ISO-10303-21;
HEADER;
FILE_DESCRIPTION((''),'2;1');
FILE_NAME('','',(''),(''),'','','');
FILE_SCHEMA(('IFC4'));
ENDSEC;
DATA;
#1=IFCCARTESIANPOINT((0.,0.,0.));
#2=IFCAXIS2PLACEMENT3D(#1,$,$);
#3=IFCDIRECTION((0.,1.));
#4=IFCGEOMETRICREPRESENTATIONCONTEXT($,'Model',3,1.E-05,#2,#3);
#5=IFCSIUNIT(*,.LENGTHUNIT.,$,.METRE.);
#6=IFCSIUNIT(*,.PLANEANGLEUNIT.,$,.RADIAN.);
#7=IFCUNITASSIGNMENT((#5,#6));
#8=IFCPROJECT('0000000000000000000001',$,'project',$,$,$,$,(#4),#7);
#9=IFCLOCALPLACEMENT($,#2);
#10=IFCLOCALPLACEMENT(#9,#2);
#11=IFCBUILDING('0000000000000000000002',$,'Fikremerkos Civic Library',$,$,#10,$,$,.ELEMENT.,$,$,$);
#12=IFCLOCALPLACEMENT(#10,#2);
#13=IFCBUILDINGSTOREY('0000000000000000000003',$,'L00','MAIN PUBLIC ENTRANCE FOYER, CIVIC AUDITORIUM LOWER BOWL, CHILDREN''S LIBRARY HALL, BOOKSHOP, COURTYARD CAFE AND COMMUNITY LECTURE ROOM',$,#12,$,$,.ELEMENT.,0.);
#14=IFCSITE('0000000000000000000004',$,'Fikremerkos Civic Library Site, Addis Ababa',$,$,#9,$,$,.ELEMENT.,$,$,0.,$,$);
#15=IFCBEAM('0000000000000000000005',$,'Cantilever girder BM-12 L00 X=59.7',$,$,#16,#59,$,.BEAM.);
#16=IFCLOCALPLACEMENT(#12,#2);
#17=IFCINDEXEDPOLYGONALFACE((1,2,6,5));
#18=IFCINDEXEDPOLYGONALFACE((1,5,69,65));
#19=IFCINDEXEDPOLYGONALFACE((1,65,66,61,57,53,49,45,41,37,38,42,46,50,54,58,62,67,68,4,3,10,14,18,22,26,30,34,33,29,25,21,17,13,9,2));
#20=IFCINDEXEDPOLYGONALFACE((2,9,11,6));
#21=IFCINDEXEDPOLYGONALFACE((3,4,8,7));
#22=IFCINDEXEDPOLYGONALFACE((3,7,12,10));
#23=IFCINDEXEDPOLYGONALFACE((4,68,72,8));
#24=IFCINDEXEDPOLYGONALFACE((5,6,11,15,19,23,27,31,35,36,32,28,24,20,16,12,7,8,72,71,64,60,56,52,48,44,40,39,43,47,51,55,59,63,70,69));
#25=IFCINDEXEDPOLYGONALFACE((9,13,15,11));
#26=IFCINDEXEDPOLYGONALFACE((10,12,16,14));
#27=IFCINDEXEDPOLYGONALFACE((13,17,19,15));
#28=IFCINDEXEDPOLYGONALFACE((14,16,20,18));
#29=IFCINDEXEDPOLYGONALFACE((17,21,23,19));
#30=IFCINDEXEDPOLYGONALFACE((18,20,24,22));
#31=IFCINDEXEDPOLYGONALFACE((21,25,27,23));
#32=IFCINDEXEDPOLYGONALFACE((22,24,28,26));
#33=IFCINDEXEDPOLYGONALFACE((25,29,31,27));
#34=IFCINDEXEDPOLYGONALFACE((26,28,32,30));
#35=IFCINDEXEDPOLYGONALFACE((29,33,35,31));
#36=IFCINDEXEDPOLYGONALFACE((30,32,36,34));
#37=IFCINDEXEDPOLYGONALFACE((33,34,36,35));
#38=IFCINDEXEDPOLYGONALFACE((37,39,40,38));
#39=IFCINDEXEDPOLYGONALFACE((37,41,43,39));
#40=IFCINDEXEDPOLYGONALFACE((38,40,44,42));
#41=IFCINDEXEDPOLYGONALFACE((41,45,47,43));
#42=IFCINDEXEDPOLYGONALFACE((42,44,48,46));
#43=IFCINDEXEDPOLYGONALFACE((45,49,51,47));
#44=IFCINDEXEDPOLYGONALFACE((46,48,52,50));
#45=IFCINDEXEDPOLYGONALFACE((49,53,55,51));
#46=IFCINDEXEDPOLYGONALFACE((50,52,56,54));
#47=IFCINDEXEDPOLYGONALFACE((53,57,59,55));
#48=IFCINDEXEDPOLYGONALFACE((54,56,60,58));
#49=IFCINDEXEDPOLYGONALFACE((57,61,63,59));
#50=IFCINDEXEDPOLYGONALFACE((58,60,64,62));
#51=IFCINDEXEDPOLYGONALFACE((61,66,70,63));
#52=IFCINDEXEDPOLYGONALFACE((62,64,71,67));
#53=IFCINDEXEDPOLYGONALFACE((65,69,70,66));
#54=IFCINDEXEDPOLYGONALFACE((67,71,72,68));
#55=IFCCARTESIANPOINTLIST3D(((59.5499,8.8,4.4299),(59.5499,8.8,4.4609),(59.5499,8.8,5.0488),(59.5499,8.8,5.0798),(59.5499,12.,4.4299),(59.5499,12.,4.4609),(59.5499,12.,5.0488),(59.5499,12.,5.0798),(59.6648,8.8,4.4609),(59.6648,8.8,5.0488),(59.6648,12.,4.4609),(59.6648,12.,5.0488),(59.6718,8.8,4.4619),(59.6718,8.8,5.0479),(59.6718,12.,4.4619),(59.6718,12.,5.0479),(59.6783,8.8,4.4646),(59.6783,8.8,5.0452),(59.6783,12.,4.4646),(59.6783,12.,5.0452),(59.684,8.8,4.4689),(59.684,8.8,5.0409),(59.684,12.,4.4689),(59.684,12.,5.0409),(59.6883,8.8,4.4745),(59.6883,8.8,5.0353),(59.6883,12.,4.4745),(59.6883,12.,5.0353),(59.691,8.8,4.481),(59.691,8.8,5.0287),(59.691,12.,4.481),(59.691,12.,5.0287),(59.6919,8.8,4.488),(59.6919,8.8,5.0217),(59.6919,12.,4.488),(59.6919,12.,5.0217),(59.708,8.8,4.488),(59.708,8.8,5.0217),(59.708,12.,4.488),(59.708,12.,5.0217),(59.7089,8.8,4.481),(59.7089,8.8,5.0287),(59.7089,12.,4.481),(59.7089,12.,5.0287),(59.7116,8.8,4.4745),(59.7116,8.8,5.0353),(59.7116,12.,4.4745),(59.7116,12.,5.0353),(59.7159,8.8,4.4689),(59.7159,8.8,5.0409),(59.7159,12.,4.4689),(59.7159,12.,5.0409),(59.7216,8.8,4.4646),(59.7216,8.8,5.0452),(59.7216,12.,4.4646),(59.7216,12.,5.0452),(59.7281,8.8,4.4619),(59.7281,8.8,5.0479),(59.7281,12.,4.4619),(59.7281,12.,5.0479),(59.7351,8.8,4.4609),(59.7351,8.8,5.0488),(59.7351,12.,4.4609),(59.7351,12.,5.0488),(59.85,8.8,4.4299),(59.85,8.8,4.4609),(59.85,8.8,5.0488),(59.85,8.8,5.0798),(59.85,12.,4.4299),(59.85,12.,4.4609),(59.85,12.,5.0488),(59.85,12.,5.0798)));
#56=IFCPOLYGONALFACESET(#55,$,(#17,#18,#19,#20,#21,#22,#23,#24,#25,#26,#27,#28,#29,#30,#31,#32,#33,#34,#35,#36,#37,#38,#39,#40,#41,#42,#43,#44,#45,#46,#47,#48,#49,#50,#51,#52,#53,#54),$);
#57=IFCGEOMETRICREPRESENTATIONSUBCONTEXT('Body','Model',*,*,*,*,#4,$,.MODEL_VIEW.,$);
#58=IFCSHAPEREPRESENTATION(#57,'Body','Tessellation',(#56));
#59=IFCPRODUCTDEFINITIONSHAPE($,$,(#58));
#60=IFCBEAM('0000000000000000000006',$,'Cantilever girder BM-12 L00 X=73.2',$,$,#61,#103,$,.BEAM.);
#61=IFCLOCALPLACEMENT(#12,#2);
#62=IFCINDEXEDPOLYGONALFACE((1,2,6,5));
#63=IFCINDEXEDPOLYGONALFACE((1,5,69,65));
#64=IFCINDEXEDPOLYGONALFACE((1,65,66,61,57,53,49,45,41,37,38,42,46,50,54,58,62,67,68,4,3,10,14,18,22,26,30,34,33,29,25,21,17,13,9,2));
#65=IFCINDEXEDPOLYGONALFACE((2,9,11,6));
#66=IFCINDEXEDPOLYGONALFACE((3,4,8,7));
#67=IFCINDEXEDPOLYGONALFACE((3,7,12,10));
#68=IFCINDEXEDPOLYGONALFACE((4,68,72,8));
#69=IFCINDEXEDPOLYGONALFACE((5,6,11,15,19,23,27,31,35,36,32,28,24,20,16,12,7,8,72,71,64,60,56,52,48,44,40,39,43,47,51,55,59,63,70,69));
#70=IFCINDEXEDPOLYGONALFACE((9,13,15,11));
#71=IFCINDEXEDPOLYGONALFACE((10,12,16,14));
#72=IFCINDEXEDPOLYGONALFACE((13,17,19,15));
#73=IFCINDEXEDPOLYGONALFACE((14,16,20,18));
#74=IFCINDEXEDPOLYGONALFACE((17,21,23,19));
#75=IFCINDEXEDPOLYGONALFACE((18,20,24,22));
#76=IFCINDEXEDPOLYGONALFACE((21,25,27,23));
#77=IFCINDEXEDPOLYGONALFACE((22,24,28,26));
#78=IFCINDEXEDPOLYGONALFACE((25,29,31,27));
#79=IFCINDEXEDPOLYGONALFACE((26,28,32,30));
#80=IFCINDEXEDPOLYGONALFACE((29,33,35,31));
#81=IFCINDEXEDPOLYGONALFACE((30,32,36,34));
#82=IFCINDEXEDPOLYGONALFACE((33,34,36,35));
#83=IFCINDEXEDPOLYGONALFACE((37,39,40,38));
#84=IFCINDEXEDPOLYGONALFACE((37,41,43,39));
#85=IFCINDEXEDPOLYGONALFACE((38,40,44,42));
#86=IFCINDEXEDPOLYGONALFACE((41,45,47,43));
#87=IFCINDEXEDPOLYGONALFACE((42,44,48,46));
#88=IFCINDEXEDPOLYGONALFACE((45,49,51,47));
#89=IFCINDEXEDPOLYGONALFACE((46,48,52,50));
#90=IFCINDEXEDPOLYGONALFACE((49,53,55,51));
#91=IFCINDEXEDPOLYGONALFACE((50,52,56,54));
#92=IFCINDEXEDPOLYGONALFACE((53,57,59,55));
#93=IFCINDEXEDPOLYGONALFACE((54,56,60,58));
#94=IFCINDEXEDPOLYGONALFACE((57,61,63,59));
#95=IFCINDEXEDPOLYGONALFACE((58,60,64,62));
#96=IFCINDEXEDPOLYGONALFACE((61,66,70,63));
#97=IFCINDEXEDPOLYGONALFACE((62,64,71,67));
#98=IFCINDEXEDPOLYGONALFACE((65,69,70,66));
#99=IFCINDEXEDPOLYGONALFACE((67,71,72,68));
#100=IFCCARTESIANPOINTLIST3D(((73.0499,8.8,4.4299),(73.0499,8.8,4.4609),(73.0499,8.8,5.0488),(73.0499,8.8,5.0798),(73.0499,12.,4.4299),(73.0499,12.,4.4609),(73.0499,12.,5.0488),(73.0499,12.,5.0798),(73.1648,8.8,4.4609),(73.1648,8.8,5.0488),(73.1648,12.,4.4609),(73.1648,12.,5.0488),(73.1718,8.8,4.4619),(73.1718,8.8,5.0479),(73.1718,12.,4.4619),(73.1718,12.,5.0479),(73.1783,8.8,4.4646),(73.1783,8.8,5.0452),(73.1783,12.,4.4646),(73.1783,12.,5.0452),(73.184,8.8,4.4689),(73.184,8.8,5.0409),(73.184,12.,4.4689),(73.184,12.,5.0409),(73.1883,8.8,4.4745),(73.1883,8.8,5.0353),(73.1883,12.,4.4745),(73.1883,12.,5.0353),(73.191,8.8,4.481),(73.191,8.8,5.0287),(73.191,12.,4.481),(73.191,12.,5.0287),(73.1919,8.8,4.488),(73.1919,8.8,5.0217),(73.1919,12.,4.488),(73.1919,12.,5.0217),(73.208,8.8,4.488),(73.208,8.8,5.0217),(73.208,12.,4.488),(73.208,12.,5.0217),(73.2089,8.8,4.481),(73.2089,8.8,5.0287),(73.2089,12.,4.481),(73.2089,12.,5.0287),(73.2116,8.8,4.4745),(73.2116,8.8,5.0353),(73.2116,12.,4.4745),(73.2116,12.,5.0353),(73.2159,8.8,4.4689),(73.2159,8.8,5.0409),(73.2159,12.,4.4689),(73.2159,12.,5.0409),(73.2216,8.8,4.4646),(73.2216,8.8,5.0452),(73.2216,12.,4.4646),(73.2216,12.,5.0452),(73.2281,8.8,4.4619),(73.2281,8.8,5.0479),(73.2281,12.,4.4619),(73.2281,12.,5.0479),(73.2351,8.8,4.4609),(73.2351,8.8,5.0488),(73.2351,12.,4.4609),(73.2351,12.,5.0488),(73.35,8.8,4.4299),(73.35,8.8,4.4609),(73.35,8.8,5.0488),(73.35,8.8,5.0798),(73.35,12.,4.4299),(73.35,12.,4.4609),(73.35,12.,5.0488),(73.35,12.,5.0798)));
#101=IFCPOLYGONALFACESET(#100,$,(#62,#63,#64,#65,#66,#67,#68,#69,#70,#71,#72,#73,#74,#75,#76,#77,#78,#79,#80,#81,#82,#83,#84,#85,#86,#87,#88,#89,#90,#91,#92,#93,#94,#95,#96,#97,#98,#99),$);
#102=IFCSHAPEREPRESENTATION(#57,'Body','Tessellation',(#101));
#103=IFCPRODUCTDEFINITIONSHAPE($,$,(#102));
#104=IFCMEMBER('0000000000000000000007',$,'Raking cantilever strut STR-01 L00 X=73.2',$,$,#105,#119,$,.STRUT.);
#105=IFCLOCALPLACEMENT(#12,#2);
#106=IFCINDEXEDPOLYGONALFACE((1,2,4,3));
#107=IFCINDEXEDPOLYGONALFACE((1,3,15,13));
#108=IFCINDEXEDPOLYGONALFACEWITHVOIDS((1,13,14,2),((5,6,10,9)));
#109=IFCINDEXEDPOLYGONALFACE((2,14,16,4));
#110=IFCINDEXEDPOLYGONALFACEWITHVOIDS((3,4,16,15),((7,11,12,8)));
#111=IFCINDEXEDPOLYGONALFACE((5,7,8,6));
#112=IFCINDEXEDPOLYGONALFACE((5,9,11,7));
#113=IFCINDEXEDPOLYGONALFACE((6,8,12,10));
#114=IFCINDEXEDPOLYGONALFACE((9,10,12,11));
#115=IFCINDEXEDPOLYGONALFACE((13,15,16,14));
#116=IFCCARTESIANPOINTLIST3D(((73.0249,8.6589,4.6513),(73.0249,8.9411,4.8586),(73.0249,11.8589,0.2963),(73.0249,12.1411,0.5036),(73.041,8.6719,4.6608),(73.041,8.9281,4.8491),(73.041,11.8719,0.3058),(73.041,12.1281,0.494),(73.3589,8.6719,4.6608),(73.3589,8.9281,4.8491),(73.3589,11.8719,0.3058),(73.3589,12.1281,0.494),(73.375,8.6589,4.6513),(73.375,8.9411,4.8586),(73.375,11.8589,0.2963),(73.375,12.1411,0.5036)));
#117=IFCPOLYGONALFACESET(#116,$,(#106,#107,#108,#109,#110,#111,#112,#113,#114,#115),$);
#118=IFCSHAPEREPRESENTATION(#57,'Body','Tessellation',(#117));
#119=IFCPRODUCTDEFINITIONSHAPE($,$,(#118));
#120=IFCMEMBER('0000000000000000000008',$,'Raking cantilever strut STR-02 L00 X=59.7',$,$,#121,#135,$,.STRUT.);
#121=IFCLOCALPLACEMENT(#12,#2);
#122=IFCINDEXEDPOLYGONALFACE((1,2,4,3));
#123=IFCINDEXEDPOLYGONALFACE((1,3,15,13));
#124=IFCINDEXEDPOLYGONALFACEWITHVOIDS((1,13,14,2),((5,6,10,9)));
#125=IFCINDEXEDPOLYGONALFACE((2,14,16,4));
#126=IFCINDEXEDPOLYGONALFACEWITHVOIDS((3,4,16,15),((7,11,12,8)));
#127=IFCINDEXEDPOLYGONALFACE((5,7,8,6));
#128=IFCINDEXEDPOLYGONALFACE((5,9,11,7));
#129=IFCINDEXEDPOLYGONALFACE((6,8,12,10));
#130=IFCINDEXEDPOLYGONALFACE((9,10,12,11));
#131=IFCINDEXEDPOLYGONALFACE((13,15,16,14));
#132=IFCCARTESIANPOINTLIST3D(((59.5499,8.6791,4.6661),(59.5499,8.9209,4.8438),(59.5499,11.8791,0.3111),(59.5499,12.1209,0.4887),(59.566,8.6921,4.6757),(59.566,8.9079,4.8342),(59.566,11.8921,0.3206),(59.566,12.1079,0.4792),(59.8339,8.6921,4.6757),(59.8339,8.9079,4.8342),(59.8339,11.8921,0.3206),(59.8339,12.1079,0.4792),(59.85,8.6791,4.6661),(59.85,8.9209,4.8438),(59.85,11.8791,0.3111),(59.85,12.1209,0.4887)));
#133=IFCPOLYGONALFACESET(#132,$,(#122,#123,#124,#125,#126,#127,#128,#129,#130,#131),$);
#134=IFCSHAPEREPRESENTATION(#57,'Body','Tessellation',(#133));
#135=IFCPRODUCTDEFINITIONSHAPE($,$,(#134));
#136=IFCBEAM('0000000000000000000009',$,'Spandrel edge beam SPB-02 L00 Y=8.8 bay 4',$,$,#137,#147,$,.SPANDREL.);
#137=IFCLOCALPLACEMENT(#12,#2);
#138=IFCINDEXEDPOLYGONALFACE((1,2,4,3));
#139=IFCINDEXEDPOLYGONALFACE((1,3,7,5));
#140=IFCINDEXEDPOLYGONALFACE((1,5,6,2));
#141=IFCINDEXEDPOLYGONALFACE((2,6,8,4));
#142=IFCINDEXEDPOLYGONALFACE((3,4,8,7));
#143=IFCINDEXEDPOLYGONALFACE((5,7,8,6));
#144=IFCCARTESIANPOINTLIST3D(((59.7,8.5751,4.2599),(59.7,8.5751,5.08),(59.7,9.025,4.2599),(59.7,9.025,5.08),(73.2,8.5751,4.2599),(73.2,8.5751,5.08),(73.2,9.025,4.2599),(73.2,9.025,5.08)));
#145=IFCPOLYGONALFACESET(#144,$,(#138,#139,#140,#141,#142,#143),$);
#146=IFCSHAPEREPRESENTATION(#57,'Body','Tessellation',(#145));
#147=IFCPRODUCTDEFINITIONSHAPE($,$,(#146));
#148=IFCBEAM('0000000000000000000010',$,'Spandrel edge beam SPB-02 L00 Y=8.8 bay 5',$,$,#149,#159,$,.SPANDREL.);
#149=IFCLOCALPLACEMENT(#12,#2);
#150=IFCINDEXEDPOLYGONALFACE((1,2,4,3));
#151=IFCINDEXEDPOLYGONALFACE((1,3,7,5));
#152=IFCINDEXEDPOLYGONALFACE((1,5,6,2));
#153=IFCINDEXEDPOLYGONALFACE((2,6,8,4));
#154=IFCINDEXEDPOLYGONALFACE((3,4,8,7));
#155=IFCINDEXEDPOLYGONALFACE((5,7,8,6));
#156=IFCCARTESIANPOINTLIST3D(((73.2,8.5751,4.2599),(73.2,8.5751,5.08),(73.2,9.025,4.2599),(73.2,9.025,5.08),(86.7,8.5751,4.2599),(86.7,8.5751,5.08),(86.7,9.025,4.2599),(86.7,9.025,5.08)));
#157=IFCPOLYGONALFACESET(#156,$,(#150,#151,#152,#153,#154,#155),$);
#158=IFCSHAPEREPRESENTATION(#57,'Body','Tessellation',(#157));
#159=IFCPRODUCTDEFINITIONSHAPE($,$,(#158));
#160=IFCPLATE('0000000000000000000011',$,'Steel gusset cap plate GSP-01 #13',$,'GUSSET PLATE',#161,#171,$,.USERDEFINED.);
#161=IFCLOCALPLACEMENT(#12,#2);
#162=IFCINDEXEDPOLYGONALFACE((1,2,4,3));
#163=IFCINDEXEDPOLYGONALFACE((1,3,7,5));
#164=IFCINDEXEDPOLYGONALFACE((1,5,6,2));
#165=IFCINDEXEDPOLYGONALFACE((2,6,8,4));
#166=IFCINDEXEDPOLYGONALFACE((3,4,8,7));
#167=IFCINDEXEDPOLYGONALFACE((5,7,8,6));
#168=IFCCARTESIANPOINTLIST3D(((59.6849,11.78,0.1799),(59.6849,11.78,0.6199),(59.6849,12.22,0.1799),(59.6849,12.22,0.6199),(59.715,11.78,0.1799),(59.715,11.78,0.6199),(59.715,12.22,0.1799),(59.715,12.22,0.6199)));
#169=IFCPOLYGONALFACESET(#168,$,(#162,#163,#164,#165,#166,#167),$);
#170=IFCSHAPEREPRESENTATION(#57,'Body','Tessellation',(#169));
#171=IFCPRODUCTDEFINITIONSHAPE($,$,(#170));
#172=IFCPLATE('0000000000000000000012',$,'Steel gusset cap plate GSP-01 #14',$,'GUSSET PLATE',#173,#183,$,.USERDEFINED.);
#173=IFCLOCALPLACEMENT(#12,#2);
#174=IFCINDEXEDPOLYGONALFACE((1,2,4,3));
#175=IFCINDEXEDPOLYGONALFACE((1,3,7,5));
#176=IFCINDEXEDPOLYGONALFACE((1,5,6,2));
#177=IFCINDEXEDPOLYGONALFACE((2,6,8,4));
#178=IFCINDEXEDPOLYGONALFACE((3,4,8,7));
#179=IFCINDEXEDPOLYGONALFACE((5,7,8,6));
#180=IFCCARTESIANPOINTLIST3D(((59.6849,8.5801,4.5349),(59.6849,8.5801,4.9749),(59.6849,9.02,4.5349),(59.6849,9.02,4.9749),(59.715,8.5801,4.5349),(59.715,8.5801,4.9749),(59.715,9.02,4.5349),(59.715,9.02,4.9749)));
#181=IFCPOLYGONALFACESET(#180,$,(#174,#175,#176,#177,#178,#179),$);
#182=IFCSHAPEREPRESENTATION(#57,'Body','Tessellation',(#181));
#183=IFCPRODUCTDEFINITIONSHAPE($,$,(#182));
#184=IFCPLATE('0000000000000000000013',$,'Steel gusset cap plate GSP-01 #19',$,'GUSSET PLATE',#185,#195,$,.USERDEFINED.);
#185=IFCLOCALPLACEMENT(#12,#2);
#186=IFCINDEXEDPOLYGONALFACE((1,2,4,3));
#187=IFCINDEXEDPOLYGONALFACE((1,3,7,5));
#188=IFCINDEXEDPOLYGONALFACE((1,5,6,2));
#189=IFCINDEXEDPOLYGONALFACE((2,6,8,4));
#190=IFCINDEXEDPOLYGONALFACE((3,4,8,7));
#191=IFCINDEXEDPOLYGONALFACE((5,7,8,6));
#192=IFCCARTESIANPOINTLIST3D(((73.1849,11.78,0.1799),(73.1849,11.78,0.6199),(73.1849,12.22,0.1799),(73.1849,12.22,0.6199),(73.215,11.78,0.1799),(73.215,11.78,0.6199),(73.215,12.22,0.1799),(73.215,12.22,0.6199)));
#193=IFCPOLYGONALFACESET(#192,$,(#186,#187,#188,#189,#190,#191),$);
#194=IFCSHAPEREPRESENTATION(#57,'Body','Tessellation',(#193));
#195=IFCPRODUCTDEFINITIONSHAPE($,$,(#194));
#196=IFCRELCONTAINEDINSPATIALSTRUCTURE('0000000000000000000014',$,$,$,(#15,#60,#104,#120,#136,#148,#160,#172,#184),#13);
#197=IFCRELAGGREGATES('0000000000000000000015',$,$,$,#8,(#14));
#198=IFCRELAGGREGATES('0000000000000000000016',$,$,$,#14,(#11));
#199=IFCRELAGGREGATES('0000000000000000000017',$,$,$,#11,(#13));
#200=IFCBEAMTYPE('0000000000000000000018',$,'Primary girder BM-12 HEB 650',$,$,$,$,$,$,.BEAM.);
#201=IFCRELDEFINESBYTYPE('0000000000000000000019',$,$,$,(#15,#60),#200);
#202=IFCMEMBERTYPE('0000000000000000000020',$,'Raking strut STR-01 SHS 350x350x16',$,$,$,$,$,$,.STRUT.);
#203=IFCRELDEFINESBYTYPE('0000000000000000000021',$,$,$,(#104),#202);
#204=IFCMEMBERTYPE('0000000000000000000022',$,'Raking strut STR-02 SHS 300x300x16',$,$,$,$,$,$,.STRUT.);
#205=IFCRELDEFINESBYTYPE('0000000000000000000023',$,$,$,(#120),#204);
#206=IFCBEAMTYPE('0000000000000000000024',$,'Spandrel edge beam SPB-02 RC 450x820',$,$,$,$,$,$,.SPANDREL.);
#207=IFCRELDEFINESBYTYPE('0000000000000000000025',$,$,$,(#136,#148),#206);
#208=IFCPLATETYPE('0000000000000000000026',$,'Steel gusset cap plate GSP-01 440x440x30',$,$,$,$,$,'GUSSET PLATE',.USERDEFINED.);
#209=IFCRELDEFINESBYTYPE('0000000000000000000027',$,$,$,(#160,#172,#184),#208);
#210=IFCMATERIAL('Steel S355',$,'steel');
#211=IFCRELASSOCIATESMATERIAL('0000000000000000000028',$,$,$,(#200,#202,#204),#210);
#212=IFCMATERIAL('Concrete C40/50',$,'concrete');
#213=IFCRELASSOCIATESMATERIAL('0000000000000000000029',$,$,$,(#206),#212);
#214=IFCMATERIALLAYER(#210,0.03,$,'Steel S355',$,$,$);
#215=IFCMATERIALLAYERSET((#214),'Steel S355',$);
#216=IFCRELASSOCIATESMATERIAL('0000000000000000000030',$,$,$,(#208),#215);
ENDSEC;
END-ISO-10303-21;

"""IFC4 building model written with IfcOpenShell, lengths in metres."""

from ifc_helpers import new_model, si_unit, direction, frame, origin, origin_2d, place, context, subcontext, project, spatial, rectangle, hollow_rectangle, i_section, extrude, material, layer, layer_set, material_profile, profile_set, type_object, element, save


model = new_model("IFC4")

# Units and contexts
model_context = context("Model", 3, precision=1e-05, world=origin(), true_north=direction((0.0, 1.0)))
body_context = subcontext(model_context, "Body", "Model", "MODEL_VIEW")
ifc_project = project(units=[si_unit("LENGTHUNIT", "METRE"), si_unit("PLANEANGLEUNIT", "RADIAN")], contexts=[model_context])

# Site, building, storey
site_placement = place(None, origin())
site = spatial("IfcSite", under=ifc_project, at=site_placement, Name="Fikremerkos Civic Library Site, Addis Ababa", CompositionType="ELEMENT", RefElevation=0.0)
building_placement = place(site_placement, origin())
building = spatial("IfcBuilding", under=site, at=building_placement, Name="Fikremerkos Civic Library", CompositionType="ELEMENT")
storey_placement = place(building_placement, origin())
storey = spatial("IfcBuildingStorey", under=building, at=storey_placement, Name="L00", Description="MAIN PUBLIC ENTRANCE FOYER, CIVIC AUDITORIUM LOWER BOWL, CHILDREN'S LIBRARY HALL, BOOKSHOP, COURTYARD CAFE AND COMMUNITY LECTURE ROOM", CompositionType="ELEMENT", Elevation=0.0)

# Shared definitions
ifc_material_1 = material(Name="Concrete C40/50", Category="concrete")

# Beams
ifc_material_2 = material(Name="Steel S355", Category="steel")
ifc_material_profile_1 = material_profile(ifc_material_2, i_section(OverallWidth=0.3, OverallDepth=0.6499, WebThickness=0.0161, FlangeThickness=0.031, FilletRadius=0.0271, at=origin_2d()), Name="HEB 650")
ifc_profile_set_1 = profile_set([ifc_material_profile_1], Name="Steel S355")
beam_type_1 = type_object("IfcBeamType", Name="Primary girder BM-12 HEB 650", PredefinedType="BEAM", material=ifc_profile_set_1)
for number, where, z_axis, x_axis, name in (
    (1, (59.7, 12.0, 4.7549), (0.0, -1.0, 0.0), (1.0, 0.0, 0.0), "Cantilever girder BM-12 L00 X=59.7"),
    (2, (73.2, 12.0, 4.7549), (0.0, -1.0, 0.0), (1.0, 0.0, 0.0), "Cantilever girder BM-12 L00 X=73.2"),
):
    element("IfcBeam", number, at=place(storey_placement, frame(where, z_axis=z_axis, x_axis=x_axis)), inside=storey, type_object=beam_type_1, Name=name, PredefinedType="BEAM", context=body_context, shape_type="SweptSolid", body=[
        extrude(i_section(OverallWidth=0.3, OverallDepth=0.6499, WebThickness=0.0161, FlangeThickness=0.031, FilletRadius=0.0271, at=origin_2d()), origin(), (0.0, 0.0, 1.0), 3.2),
    ])

# Members
ifc_material_profile_2 = material_profile(ifc_material_2, hollow_rectangle(XDim=0.3501, YDim=0.3501, WallThickness=0.0161, at=origin_2d()), Name="SHS 350x350x16")
ifc_profile_set_2 = profile_set([ifc_material_profile_2], Name="Steel S355")
member_type_1 = type_object("IfcMemberType", Name="Raking strut STR-01 SHS 350x350x16", PredefinedType="STRUT", material=ifc_profile_set_2)
member_1_placement = place(storey_placement, frame((73.2, 12.0, 0.3999), z_axis=(0.0, -0.592121, 0.805849), x_axis=(1.0, 0.0, 0.0)))
element("IfcMember", 3, at=member_1_placement, inside=storey, type_object=member_type_1, Name="Raking cantilever strut STR-01 L00 X=73.2", PredefinedType="STRUT", context=body_context, shape_type="SweptSolid", body=[
    extrude(hollow_rectangle(XDim=0.3501, YDim=0.3501, WallThickness=0.0161, at=origin_2d()), origin(), (0.0, 0.0, 1.0), 5.4043),
])
ifc_material_profile_3 = material_profile(ifc_material_2, hollow_rectangle(XDim=0.3, YDim=0.3, WallThickness=0.0161, at=origin_2d()), Name="SHS 300x300x16")
ifc_profile_set_3 = profile_set([ifc_material_profile_3], Name="Steel S355")
member_type_2 = type_object("IfcMemberType", Name="Raking strut STR-02 SHS 300x300x16", PredefinedType="STRUT", material=ifc_profile_set_3)
member_2_placement = place(storey_placement, frame((59.7, 12.0, 0.3999), z_axis=(0.0, -0.592121, 0.805849), x_axis=(1.0, 0.0, 0.0)))
element("IfcMember", 4, at=member_2_placement, inside=storey, type_object=member_type_2, Name="Raking cantilever strut STR-02 L00 X=59.7", PredefinedType="STRUT", context=body_context, shape_type="SweptSolid", body=[
    extrude(hollow_rectangle(XDim=0.3, YDim=0.3, WallThickness=0.0161, at=origin_2d()), origin(), (0.0, 0.0, 1.0), 5.4043),
])

# Beams
ifc_material_profile_4 = material_profile(ifc_material_1, rectangle(XDim=0.45, YDim=0.8201, at=origin_2d()), Name="RC 450x820")
ifc_profile_set_4 = profile_set([ifc_material_profile_4], Name="Concrete C40/50")
beam_type_2 = type_object("IfcBeamType", Name="Spandrel edge beam SPB-02 RC 450x820", PredefinedType="SPANDREL", material=ifc_profile_set_4)
for number, where, z_axis, x_axis, name in (
    (5, (59.7, 8.8, 4.6699), (1.0, 0.0, 0.0), (0.0, 1.0, 0.0), "Spandrel edge beam SPB-02 L00 Y=8.8 bay 4"),
    (6, (73.2, 8.8, 4.6699), (1.0, 0.0, 0.0), (0.0, 1.0, 0.0), "Spandrel edge beam SPB-02 L00 Y=8.8 bay 5"),
):
    element("IfcBeam", number, at=place(storey_placement, frame(where, z_axis=z_axis, x_axis=x_axis)), inside=storey, type_object=beam_type_2, Name=name, PredefinedType="SPANDREL", context=body_context, shape_type="SweptSolid", body=[
        extrude(rectangle(XDim=0.45, YDim=0.8201, at=origin_2d()), origin(), (0.0, 0.0, 1.0), 13.5),
    ])

# Plates
ifc_layer_1 = layer(ifc_material_2, 0.03, Name="Steel S355")
ifc_layer_set_1 = layer_set([ifc_layer_1], Name="Steel S355")
plate_type = type_object("IfcPlateType", Name="Steel gusset cap plate GSP-01 440x440x30", ElementType="GUSSET PLATE", PredefinedType="USERDEFINED", material=ifc_layer_set_1)
for number, where, z_axis, x_axis, name in (
    (7, (59.7, 12.0, 0.1799), (0.0, 0.0, 1.0), (1.0, 0.0, 0.0), "Steel gusset cap plate GSP-01 #13"),
    (8, (59.7, 8.8, 4.5349), (0.0, 0.0, 1.0), (1.0, 0.0, 0.0), "Steel gusset cap plate GSP-01 #14"),
    (9, (73.2, 12.0, 0.1799), (0.0, 0.0, 1.0), (1.0, 0.0, 0.0), "Steel gusset cap plate GSP-01 #19"),
):
    element("IfcPlate", number, at=place(storey_placement, frame(where, z_axis=z_axis, x_axis=x_axis)), inside=storey, type_object=plate_type, Name=name, ObjectType="GUSSET PLATE", PredefinedType="USERDEFINED", context=body_context, shape_type="SweptSolid", body=[
        extrude(rectangle(XDim=0.03, YDim=0.4399, at=origin_2d()), origin(), (0.0, 0.0, 1.0), 0.4399),
    ])

save(model, "model.ifc")
